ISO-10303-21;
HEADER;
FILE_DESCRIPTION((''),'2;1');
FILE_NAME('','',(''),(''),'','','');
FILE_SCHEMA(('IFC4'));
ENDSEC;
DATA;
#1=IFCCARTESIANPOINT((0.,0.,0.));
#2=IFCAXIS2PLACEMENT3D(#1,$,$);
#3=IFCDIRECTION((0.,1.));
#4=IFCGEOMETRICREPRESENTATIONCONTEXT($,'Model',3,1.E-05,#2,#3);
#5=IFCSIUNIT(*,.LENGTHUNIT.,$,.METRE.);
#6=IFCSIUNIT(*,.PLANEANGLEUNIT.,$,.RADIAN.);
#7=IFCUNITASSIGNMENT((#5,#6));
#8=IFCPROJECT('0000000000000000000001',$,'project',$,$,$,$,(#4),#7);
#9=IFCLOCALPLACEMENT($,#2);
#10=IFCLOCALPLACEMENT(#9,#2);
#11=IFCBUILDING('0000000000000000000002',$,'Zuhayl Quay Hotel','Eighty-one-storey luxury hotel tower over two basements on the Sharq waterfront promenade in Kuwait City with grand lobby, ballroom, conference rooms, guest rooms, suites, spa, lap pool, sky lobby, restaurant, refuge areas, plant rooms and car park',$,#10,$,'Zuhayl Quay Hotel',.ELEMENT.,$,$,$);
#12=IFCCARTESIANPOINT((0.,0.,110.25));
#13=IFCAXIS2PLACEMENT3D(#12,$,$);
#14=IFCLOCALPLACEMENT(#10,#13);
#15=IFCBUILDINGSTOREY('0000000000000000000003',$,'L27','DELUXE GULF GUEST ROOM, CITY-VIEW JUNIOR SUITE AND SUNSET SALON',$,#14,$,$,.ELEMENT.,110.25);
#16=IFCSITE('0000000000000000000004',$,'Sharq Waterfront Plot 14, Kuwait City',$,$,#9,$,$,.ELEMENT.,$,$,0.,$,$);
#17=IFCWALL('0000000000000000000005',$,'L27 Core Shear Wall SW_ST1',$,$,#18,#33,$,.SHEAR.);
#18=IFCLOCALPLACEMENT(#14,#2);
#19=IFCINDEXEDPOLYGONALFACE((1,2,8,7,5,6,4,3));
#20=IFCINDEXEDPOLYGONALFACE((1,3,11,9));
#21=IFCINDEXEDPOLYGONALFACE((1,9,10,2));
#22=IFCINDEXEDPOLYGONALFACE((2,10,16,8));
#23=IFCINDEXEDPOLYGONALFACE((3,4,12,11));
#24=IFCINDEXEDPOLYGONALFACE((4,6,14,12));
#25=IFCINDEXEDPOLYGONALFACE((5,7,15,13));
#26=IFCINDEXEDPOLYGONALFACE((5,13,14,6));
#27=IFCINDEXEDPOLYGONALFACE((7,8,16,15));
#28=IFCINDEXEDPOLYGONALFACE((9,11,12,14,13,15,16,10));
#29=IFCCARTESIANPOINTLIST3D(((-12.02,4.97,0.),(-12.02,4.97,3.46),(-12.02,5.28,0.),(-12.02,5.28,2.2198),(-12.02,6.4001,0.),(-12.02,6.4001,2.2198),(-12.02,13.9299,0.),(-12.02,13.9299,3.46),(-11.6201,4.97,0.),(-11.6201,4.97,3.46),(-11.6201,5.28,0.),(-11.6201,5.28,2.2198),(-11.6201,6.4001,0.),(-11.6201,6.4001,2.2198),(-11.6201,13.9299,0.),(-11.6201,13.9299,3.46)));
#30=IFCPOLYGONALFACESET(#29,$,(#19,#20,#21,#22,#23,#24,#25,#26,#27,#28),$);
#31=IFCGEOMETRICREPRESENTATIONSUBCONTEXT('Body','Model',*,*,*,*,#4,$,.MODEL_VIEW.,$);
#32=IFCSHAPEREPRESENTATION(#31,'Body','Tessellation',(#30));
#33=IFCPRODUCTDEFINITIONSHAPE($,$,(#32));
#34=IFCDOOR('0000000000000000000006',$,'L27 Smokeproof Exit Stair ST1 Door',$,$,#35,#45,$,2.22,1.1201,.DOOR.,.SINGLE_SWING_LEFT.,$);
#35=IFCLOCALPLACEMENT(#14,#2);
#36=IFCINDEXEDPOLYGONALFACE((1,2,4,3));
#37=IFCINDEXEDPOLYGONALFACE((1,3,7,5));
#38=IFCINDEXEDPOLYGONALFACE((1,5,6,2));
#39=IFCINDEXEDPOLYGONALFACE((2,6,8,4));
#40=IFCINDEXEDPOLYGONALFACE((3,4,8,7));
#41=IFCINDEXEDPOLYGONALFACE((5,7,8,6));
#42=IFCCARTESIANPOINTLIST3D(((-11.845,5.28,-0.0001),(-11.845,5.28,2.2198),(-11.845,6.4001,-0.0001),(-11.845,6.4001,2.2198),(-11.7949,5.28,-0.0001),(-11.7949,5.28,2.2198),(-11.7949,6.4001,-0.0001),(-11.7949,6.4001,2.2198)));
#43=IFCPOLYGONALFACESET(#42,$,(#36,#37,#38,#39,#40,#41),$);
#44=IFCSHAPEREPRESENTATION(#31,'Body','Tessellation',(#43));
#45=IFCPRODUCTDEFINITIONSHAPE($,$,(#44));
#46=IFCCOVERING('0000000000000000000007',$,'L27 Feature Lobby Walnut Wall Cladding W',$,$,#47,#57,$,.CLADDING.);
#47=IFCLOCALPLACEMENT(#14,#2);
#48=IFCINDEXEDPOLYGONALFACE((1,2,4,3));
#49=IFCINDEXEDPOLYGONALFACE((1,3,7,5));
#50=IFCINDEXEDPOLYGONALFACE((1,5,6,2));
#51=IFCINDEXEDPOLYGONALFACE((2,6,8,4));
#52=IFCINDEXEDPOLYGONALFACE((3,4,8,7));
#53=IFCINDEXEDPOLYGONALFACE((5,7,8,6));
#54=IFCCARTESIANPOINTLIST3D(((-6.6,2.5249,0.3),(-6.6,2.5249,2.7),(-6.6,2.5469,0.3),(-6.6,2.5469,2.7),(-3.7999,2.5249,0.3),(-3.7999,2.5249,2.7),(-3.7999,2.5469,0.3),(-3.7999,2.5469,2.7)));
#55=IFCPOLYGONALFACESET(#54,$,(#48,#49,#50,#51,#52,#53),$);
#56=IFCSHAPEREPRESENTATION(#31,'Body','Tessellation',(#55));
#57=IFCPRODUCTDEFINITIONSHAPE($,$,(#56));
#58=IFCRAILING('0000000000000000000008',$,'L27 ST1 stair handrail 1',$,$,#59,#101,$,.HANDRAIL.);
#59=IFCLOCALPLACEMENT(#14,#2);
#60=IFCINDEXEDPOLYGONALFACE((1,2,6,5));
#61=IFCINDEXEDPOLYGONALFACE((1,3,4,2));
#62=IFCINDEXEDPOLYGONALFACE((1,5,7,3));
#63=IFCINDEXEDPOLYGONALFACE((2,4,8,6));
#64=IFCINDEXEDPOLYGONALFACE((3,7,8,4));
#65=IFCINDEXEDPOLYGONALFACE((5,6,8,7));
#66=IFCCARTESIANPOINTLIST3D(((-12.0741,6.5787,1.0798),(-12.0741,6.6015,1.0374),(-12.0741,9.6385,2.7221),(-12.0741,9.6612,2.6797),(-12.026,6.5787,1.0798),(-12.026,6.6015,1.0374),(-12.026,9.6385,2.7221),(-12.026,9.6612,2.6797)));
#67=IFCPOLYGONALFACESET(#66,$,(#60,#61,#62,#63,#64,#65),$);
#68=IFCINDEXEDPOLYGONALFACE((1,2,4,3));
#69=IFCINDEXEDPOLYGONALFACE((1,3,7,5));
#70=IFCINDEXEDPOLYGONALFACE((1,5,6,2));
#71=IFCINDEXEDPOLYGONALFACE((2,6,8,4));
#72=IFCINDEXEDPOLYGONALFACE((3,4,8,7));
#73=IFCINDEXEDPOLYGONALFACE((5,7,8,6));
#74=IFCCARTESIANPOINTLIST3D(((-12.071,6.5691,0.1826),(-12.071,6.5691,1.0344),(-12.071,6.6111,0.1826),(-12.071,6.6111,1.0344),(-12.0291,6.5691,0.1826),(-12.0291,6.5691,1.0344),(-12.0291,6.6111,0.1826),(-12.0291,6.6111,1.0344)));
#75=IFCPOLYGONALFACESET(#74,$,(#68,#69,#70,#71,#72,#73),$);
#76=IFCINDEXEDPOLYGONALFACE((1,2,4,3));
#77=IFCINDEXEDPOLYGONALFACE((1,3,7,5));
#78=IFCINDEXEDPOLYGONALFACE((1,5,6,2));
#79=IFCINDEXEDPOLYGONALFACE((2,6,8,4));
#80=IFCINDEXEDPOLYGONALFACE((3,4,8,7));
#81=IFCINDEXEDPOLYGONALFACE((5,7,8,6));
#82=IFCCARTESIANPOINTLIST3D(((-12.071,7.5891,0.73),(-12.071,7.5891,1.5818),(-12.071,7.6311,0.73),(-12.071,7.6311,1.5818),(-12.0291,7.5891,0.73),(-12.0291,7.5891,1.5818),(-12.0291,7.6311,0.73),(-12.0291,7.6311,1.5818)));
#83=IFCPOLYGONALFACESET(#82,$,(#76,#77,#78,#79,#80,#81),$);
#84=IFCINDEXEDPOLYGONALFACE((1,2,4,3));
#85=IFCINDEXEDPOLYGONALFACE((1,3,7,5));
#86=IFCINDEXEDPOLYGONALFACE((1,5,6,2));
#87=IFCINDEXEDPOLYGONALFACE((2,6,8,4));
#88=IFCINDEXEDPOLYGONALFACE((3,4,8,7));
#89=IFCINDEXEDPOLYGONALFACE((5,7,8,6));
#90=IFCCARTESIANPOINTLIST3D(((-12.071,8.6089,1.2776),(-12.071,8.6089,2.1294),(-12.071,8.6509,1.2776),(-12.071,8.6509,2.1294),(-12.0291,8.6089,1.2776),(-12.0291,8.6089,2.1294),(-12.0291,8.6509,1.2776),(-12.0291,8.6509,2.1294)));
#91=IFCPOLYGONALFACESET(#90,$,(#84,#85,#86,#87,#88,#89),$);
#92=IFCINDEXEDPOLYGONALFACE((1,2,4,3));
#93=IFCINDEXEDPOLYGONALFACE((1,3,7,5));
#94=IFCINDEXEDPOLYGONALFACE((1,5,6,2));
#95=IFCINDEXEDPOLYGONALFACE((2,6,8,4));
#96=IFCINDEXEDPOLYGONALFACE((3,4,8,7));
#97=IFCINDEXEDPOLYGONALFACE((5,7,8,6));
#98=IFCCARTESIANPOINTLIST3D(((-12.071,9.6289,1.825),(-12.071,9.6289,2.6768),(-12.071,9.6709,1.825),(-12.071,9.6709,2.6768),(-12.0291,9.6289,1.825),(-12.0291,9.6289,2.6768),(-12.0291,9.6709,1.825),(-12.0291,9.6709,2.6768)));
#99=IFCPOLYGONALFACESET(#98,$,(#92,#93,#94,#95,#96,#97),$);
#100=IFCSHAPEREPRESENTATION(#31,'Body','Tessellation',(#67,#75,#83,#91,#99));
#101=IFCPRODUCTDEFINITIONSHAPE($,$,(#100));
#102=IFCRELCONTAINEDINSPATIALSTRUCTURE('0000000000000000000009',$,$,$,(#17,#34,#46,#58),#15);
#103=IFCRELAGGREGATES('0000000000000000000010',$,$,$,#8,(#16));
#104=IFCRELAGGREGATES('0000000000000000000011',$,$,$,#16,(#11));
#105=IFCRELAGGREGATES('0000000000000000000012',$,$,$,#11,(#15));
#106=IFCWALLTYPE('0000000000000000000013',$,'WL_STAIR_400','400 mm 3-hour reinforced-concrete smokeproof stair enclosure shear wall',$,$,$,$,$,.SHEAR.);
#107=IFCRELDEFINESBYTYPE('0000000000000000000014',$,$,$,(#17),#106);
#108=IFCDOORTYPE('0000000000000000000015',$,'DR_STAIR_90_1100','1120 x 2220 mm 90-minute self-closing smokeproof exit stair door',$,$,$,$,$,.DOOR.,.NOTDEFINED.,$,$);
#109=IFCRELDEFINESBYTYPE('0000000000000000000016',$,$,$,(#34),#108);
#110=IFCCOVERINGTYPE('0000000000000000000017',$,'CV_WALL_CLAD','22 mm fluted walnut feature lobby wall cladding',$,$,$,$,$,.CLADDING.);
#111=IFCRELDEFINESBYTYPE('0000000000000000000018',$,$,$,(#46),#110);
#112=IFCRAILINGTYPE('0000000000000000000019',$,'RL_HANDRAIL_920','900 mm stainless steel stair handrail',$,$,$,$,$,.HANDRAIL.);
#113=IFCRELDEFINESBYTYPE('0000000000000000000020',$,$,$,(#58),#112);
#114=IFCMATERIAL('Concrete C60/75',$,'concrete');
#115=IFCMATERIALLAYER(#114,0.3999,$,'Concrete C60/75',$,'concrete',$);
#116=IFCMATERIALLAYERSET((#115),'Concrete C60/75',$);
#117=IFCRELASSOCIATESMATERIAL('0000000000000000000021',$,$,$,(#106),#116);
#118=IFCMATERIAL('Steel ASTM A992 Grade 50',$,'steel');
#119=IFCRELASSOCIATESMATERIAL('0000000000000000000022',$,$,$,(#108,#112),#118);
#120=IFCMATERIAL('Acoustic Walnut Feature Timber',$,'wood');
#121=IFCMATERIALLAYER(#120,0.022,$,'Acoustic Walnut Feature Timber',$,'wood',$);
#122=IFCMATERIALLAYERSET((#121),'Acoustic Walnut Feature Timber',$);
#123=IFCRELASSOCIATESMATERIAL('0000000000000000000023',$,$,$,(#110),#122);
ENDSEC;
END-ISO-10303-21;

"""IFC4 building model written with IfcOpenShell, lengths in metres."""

from ifc_helpers import new_model, si_unit, direction, frame, frame_2d, origin, origin_2d, place, context, subcontext, project, spatial, rectangle, extrude, material, layer, layer_set, type_object, element, fill, save


model = new_model("IFC4")

# Units and contexts
model_context = context("Model", 3, precision=1e-05, world=origin(), true_north=direction((0.0, 1.0)))
body_context = subcontext(model_context, "Body", "Model", "MODEL_VIEW")
ifc_project = project(units=[si_unit("LENGTHUNIT", "METRE"), si_unit("PLANEANGLEUNIT", "RADIAN")], contexts=[model_context])

# Site, building, storey
site_placement = place(None, origin())
site = spatial("IfcSite", under=ifc_project, at=site_placement, Name="Sharq Waterfront Plot 14, Kuwait City", CompositionType="ELEMENT", RefElevation=0.0)
building_placement = place(site_placement, origin())
building = spatial("IfcBuilding", under=site, at=building_placement, Name="Zuhayl Quay Hotel", Description="Eighty-one-storey luxury hotel tower over two basements on the Sharq waterfront promenade in Kuwait City with grand lobby, ballroom, conference rooms, guest rooms, suites, spa, lap pool, sky lobby, restaurant, refuge areas, plant rooms and car park", LongName="Zuhayl Quay Hotel", CompositionType="ELEMENT")
storey_placement = place(building_placement, frame((0.0, 0.0, 110.25)))
storey = spatial("IfcBuildingStorey", under=building, at=storey_placement, Name="L27", Description="DELUXE GULF GUEST ROOM, CITY-VIEW JUNIOR SUITE AND SUNSET SALON", CompositionType="ELEMENT", Elevation=110.25)

# Shared definitions
ifc_material_1 = material(Name="Concrete C60/75", Category="concrete")
ifc_material_2 = material(Name="Steel ASTM A992 Grade 50", Category="steel")

# Wall, opening, door
ifc_layer_1 = layer(ifc_material_1, 0.3999, Name="Concrete C60/75", Category="concrete")
ifc_layer_set_1 = layer_set([ifc_layer_1], Name="Concrete C60/75")
wall_type_1 = type_object("IfcWallType", Name="WL_STAIR_400", Description="400 mm 3-hour reinforced-concrete smokeproof stair enclosure shear wall", PredefinedType="SHEAR", material=ifc_layer_set_1)
wall_1_placement = place(storey_placement, frame((-11.8201, 4.97, 0.0), z_axis=(0.0, 0.0, 1.0), x_axis=(0.0, 1.0, 0.0)))
wall_1 = element("IfcWall", 1, at=wall_1_placement, inside=storey, type_object=wall_type_1, Name="L27 Core Shear Wall SW_ST1", PredefinedType="SHEAR", context=body_context, shape_type="SweptSolid", body=[
    extrude(rectangle(XDim=8.96, YDim=0.3999, at=frame_2d((4.48, 0.0))), origin(), (0.0, 0.0, 1.0), 3.46),
])
opening_1_placement = place(wall_1_placement, frame((0.3101, 0.0, 0.0)))
opening_1 = element("IfcOpeningElement", 2, at=opening_1_placement, cuts=wall_1, PredefinedType="OPENING", context=body_context, shape_type="SweptSolid", body=[
    extrude(rectangle(XDim=1.1201, YDim=2.22, at=frame_2d((0.5601, 1.1099))), frame((0.0, 0.21, 0.0), z_axis=(0.0, -1.0, 0.0), x_axis=(1.0, 0.0, 0.0)), (0.0, 0.0, 1.0), 0.4199),
])
door_type_1 = type_object("IfcDoorType", Name="DR_STAIR_90_1100", Description="1120 x 2220 mm 90-minute self-closing smokeproof exit stair door", OperationType="NOTDEFINED", PredefinedType="DOOR", material=ifc_material_2)
door_1_placement = place(opening_1_placement, origin())
door_1 = element("IfcDoor", 3, at=door_1_placement, inside=storey, type_object=door_type_1, Name="L27 Smokeproof Exit Stair ST1 Door", OperationType="SINGLE_SWING_LEFT", OverallHeight=2.22, OverallWidth=1.1201, PredefinedType="DOOR", context=body_context, shape_type="SweptSolid", body=[
    extrude(rectangle(XDim=1.1201, YDim=2.22, at=frame_2d((0.5601, 1.1099))), frame((0.0, 0.0249, 0.0), z_axis=(0.0, -1.0, 0.0), x_axis=(1.0, 0.0, 0.0)), (0.0, 0.0, 1.0), 0.05),
])
fill(opening_1, door_1)

# Covering
ifc_material_3 = material(Name="Acoustic Walnut Feature Timber", Category="wood")
ifc_layer_2 = layer(ifc_material_3, 0.022, Name="Acoustic Walnut Feature Timber", Category="wood")
ifc_layer_set_2 = layer_set([ifc_layer_2], Name="Acoustic Walnut Feature Timber")
covering_type = type_object("IfcCoveringType", Name="CV_WALL_CLAD", Description="22 mm fluted walnut feature lobby wall cladding", PredefinedType="CLADDING", material=ifc_layer_set_2)
covering_placement = place(storey_placement, frame((-5.2, 2.5359, 0.3), z_axis=(0.0, 0.0, 1.0), x_axis=(1.0, 0.0, 0.0)))
element("IfcCovering", 4, at=covering_placement, inside=storey, type_object=covering_type, Name="L27 Feature Lobby Walnut Wall Cladding W", PredefinedType="CLADDING", context=body_context, shape_type="SweptSolid", body=[
    extrude(rectangle(XDim=2.8, YDim=0.022, at=origin_2d()), origin(), (0.0, 0.0, 1.0), 2.3999),
])

# Railing
railing_type = type_object("IfcRailingType", Name="RL_HANDRAIL_920", Description="900 mm stainless steel stair handrail", PredefinedType="HANDRAIL", material=ifc_material_2)
railing_placement = place(storey_placement, frame((-12.05, 6.5901, 0.1826)))
element("IfcRailing", 5, at=railing_placement, inside=storey, type_object=railing_type, Name="L27 ST1 stair handrail 1", PredefinedType="HANDRAIL", context=body_context, shape_type="SweptSolid", body=[
    extrude(rectangle(XDim=0.0481, YDim=0.0481, at=origin_2d()), frame((0.0, 0.0, 0.876), z_axis=(0.0, 0.881102, 0.472926), x_axis=(-1.0, 0.0, 0.0)), (0.0, 0.0, 1.0), 3.4727),
    extrude(rectangle(XDim=0.042, YDim=0.042, at=origin_2d()), origin(), (0.0, 0.0, 1.0), 0.8518),
    extrude(rectangle(XDim=0.042, YDim=0.042, at=origin_2d()), frame((0.0, 1.02, 0.5474)), (0.0, 0.0, 1.0), 0.8518),
    extrude(rectangle(XDim=0.042, YDim=0.042, at=origin_2d()), frame((0.0, 2.0398, 1.095)), (0.0, 0.0, 1.0), 0.8518),
    extrude(rectangle(XDim=0.042, YDim=0.042, at=origin_2d()), frame((0.0, 3.0598, 1.6423)), (0.0, 0.0, 1.0), 0.8518),
])

save(model, "model.ifc")
